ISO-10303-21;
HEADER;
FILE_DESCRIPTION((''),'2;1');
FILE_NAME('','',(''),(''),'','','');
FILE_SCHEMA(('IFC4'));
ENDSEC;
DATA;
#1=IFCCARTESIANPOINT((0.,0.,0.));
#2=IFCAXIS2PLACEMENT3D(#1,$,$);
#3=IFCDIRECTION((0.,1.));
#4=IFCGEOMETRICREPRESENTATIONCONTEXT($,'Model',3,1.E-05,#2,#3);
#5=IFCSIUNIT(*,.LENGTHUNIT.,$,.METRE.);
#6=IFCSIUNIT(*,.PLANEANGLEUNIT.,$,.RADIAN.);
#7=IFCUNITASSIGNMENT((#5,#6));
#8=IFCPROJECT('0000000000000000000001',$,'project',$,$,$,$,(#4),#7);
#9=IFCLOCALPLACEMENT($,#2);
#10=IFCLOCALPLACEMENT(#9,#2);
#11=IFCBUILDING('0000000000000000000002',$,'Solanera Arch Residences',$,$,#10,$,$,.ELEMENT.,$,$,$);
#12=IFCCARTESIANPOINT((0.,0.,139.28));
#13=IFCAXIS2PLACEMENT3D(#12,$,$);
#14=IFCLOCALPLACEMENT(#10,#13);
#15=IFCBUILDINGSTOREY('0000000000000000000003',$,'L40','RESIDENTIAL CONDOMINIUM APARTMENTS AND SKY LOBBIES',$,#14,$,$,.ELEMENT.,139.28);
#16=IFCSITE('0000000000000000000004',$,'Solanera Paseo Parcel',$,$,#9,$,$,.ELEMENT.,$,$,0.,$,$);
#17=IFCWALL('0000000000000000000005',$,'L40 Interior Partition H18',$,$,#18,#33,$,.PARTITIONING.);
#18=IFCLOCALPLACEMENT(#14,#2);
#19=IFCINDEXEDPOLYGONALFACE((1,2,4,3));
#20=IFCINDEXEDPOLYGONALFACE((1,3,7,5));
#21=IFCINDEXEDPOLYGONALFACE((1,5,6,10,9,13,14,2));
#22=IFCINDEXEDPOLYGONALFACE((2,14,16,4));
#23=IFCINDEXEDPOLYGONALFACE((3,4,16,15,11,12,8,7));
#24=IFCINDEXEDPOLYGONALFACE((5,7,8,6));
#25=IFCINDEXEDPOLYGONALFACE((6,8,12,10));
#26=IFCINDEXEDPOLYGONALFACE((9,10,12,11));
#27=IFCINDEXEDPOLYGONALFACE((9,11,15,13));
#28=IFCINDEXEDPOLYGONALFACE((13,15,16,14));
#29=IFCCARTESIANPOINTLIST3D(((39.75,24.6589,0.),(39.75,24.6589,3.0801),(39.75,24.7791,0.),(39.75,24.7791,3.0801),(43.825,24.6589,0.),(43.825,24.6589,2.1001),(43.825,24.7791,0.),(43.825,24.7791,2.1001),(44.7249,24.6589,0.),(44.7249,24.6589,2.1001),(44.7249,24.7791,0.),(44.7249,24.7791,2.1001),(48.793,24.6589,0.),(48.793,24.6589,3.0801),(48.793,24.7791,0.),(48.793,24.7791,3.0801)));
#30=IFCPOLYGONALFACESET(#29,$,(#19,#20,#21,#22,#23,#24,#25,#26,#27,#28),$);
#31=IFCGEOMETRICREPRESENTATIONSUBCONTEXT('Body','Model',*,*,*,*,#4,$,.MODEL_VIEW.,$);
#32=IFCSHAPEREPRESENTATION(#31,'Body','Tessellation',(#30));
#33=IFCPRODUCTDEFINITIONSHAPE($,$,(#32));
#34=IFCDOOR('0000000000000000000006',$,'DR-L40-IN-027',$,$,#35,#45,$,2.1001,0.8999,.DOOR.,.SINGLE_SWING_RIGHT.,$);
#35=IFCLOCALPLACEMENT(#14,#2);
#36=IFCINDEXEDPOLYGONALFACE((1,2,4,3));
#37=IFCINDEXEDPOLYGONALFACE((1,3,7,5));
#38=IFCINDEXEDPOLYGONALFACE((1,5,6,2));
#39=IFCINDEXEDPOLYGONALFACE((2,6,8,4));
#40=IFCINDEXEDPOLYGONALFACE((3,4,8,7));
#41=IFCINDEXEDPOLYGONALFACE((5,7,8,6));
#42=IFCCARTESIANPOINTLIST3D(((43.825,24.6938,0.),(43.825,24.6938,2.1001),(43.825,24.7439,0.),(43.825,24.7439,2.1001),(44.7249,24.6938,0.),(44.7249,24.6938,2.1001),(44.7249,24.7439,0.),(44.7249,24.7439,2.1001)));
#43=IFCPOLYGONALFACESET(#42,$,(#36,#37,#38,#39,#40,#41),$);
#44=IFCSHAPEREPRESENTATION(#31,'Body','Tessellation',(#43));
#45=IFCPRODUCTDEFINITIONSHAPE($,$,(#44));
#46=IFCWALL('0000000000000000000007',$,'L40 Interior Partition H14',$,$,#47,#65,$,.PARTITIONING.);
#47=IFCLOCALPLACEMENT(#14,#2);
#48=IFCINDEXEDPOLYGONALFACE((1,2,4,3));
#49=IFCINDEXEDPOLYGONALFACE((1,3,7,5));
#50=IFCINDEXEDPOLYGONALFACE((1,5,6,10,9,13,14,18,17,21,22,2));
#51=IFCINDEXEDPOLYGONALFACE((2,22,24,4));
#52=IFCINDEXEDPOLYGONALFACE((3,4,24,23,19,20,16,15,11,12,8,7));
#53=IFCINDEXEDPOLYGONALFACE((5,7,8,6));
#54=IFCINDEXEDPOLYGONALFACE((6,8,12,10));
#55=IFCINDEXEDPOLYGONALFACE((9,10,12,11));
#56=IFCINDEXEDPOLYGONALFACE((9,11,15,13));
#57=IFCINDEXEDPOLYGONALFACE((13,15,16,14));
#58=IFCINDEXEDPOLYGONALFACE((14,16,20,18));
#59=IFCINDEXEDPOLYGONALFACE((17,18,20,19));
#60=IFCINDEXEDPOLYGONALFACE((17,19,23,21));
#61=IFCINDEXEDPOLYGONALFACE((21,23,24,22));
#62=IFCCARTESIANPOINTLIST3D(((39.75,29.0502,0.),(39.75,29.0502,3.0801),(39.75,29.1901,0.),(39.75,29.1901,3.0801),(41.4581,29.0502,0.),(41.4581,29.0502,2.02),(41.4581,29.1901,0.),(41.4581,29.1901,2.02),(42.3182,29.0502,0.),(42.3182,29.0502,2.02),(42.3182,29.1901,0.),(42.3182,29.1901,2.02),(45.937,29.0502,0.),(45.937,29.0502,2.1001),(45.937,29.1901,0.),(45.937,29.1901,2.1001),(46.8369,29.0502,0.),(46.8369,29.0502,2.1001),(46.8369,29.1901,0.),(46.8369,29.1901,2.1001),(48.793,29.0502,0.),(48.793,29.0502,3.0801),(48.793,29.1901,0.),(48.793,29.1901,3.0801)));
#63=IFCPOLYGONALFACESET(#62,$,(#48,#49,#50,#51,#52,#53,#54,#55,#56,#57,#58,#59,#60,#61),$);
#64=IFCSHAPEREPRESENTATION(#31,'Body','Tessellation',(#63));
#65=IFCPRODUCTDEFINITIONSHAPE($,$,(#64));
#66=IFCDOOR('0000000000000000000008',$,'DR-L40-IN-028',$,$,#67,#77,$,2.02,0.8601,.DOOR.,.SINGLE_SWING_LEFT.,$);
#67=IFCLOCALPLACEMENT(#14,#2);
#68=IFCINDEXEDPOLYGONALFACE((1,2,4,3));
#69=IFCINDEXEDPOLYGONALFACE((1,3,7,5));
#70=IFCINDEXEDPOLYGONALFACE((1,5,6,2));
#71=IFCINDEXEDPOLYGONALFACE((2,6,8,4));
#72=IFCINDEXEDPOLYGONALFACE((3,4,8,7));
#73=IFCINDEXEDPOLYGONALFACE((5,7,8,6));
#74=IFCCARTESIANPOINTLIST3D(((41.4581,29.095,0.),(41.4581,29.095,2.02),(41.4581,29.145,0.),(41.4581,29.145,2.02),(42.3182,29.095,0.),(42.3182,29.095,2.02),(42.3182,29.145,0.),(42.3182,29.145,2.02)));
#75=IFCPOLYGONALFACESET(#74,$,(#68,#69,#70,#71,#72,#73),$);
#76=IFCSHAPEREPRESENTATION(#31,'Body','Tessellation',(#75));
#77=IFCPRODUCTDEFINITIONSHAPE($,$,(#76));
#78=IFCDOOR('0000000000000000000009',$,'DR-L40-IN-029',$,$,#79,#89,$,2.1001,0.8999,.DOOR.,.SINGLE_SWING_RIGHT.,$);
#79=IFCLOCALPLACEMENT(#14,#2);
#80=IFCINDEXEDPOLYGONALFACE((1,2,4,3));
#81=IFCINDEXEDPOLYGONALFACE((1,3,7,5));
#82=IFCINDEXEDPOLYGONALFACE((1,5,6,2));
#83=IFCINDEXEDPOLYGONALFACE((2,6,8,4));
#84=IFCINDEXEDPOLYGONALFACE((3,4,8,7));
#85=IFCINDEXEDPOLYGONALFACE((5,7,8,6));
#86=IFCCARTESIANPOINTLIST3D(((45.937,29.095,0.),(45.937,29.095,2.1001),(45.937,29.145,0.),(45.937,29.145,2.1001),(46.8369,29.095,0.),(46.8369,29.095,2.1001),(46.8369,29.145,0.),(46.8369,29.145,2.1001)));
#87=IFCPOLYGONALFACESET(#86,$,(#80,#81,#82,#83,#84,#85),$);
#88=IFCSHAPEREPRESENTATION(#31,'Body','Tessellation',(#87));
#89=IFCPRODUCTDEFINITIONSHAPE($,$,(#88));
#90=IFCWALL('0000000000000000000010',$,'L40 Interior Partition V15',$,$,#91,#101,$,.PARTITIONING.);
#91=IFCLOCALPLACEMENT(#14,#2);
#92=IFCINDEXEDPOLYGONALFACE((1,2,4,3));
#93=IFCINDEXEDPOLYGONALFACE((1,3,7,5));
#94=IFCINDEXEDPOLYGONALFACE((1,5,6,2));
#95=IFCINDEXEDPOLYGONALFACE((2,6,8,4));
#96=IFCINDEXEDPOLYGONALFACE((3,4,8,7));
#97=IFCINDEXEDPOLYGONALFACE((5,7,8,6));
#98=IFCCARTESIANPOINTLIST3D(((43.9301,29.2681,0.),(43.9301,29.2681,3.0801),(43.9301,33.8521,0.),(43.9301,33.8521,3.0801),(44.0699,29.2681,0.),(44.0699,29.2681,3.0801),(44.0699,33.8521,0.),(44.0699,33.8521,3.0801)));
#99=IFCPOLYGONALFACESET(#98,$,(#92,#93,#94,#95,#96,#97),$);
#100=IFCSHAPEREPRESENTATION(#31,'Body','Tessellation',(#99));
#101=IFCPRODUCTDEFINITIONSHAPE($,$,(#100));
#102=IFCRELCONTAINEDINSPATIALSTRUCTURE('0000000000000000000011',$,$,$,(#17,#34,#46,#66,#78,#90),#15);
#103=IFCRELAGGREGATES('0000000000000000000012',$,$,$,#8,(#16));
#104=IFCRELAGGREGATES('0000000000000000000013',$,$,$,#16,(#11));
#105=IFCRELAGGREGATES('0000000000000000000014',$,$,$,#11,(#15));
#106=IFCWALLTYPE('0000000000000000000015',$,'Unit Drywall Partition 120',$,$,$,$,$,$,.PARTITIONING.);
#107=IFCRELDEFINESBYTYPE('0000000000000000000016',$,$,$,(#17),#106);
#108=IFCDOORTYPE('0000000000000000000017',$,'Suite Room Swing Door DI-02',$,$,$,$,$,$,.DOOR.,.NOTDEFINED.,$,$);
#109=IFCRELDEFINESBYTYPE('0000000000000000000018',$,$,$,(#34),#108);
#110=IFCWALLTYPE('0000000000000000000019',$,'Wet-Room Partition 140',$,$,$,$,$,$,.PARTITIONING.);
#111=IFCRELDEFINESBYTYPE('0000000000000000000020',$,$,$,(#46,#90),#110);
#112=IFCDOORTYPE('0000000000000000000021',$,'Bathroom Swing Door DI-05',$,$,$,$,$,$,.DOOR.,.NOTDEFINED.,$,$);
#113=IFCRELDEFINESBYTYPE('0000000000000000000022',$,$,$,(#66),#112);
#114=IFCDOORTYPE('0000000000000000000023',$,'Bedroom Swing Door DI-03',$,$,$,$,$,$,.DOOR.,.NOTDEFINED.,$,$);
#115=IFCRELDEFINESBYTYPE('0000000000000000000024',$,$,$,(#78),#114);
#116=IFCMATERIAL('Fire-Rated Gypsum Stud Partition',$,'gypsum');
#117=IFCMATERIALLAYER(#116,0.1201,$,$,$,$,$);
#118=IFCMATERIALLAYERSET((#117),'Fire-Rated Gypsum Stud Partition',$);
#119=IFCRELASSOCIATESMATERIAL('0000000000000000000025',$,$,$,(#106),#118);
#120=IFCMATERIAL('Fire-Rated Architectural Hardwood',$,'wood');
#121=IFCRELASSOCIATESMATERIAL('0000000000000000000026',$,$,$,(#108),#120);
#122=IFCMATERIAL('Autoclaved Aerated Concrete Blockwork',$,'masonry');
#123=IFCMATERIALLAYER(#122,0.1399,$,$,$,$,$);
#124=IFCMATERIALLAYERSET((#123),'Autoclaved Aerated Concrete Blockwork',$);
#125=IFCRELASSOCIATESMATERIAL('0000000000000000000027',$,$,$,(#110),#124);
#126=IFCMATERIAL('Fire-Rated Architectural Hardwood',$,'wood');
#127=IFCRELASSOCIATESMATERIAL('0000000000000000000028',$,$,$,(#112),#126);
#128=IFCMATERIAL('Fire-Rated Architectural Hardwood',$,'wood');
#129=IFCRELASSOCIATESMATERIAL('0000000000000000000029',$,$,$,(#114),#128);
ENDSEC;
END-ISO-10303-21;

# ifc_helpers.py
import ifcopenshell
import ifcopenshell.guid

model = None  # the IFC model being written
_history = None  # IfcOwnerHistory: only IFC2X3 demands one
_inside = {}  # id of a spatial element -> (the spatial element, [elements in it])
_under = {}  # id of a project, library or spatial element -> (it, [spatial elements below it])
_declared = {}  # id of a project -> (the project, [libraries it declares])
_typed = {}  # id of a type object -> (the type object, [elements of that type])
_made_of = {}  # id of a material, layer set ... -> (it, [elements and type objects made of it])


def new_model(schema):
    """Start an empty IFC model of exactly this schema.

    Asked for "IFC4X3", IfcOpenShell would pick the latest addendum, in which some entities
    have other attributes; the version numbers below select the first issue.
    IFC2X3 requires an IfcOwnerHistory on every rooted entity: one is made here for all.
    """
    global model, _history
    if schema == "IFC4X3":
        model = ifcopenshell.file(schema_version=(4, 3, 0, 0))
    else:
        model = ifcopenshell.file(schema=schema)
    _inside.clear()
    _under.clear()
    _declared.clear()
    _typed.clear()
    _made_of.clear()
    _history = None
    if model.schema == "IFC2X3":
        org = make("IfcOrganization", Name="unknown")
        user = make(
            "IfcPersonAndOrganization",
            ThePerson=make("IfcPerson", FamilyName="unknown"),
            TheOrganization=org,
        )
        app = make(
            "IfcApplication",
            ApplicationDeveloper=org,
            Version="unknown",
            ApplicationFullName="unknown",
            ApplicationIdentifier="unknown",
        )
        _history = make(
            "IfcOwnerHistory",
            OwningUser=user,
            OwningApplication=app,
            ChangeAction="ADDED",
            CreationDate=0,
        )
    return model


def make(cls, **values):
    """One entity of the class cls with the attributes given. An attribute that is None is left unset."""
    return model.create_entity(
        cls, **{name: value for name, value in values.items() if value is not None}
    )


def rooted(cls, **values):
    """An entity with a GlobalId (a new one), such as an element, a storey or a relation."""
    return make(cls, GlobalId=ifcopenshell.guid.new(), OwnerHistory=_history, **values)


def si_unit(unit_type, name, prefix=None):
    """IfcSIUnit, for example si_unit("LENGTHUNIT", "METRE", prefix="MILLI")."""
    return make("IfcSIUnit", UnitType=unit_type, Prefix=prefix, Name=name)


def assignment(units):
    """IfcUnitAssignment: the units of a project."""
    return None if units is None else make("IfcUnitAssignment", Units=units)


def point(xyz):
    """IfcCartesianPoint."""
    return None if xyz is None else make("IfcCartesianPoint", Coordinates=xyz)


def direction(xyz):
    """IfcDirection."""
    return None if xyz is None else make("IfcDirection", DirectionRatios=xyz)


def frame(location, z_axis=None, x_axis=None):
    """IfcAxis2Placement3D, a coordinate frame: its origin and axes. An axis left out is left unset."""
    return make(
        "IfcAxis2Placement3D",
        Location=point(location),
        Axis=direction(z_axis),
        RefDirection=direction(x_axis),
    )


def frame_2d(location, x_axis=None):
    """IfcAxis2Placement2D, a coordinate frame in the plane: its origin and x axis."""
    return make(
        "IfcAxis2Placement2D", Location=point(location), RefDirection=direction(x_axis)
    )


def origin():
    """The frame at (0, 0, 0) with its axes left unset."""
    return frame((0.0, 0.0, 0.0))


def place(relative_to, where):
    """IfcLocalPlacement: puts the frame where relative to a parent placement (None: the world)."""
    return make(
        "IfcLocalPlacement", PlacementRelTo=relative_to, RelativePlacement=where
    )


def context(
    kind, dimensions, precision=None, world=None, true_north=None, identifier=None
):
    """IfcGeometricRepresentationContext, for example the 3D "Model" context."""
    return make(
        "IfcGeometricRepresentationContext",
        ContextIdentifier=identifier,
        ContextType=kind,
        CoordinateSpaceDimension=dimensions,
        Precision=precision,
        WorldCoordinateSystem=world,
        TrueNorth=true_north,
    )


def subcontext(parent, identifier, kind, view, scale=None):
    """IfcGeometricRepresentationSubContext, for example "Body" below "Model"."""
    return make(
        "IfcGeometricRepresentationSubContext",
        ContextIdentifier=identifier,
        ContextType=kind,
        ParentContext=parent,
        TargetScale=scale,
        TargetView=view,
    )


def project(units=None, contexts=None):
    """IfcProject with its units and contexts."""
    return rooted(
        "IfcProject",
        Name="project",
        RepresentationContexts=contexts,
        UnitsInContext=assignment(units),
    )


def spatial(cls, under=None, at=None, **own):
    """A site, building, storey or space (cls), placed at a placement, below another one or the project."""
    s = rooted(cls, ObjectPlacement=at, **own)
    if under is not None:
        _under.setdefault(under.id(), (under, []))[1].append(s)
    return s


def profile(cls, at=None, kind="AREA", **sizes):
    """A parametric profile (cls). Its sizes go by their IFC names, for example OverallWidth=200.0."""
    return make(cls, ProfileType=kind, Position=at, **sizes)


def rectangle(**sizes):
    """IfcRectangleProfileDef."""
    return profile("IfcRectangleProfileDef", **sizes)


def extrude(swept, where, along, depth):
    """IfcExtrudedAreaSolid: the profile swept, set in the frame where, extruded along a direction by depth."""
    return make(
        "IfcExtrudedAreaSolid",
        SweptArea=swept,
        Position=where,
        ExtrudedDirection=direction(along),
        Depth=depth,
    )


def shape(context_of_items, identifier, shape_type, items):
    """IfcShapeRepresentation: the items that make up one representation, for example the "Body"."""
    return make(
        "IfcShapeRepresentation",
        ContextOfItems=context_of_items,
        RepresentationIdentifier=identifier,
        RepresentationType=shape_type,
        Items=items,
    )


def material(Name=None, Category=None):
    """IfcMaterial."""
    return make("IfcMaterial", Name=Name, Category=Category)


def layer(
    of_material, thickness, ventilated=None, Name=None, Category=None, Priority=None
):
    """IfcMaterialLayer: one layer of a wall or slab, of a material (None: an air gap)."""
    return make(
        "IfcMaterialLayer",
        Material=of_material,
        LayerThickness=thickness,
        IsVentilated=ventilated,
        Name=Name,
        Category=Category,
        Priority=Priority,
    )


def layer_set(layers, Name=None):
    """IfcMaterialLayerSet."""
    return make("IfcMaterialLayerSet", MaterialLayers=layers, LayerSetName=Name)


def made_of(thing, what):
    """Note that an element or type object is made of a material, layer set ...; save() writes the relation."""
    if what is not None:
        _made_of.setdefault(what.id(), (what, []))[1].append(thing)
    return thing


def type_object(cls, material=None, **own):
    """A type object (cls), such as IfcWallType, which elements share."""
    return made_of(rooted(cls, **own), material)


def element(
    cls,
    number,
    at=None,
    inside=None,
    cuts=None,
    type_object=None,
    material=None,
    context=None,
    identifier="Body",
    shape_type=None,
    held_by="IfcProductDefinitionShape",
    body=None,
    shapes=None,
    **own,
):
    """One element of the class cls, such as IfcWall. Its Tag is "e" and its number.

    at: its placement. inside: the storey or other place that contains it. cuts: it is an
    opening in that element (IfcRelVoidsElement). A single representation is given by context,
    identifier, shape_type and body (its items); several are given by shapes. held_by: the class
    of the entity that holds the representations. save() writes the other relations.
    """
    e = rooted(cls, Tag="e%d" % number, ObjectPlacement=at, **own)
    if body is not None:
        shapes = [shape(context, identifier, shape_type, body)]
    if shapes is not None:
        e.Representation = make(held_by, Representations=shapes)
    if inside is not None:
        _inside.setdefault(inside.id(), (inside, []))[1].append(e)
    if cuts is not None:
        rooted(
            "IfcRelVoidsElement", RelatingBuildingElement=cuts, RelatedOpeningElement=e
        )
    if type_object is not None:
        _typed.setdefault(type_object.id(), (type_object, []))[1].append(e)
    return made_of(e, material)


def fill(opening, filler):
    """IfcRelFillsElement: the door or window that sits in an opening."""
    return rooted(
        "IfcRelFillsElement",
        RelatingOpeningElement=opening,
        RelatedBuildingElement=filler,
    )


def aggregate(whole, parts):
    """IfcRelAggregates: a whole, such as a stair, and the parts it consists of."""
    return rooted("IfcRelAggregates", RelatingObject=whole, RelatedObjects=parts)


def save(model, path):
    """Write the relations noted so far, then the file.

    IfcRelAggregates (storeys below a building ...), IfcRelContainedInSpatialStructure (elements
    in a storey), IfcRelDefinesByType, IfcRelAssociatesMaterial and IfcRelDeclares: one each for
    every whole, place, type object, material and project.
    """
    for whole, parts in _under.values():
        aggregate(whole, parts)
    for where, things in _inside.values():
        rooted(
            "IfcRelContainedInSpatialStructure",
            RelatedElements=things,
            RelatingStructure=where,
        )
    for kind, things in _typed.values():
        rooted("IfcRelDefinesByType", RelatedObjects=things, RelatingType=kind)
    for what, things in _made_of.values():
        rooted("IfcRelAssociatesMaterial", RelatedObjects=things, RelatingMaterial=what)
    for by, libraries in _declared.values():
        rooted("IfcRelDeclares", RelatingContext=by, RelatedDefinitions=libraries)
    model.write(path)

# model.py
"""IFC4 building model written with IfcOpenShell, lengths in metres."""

from ifc_helpers import new_model, si_unit, direction, frame, frame_2d, origin, place, context, subcontext, project, spatial, rectangle, extrude, material, layer, layer_set, type_object, element, fill, save


model = new_model("IFC4")

# Units and contexts
model_context = context("Model", 3, precision=1e-05, world=origin(), true_north=direction((0.0, 1.0)))
body_context = subcontext(model_context, "Body", "Model", "MODEL_VIEW")
ifc_project = project(units=[si_unit("LENGTHUNIT", "METRE"), si_unit("PLANEANGLEUNIT", "RADIAN")], contexts=[model_context])

# Site, building, storey
site_placement = place(None, origin())
site = spatial("IfcSite", under=ifc_project, at=site_placement, Name="Solanera Paseo Parcel", CompositionType="ELEMENT", RefElevation=0.0)
building_placement = place(site_placement, origin())
building = spatial("IfcBuilding", under=site, at=building_placement, Name="Solanera Arch Residences", CompositionType="ELEMENT")
storey_placement = place(building_placement, frame((0.0, 0.0, 139.28)))
storey = spatial("IfcBuildingStorey", under=building, at=storey_placement, Name="L40", Description="RESIDENTIAL CONDOMINIUM APARTMENTS AND SKY LOBBIES", CompositionType="ELEMENT", Elevation=139.28)

# Wall, opening, door
ifc_material_1 = material(Name="Fire-Rated Gypsum Stud Partition", Category="gypsum")
ifc_layer_1 = layer(ifc_material_1, 0.1201)
ifc_layer_set_1 = layer_set([ifc_layer_1], Name="Fire-Rated Gypsum Stud Partition")
wall_type_1 = type_object("IfcWallType", Name="Unit Drywall Partition 120", PredefinedType="PARTITIONING", material=ifc_layer_set_1)
wall_1_placement = place(storey_placement, frame((39.75, 24.719, 0.0), z_axis=(0.0, 0.0, 1.0), x_axis=(1.0, 0.0, 0.0)))
wall_1 = element("IfcWall", 1, at=wall_1_placement, inside=storey, type_object=wall_type_1, Name="L40 Interior Partition H18", PredefinedType="PARTITIONING", context=body_context, shape_type="SweptSolid", body=[
    extrude(rectangle(XDim=9.043, YDim=0.1201, at=frame_2d((4.5215, 0.0))), origin(), (0.0, 0.0, 1.0), 3.0801),
])
opening_1_placement = place(wall_1_placement, frame((4.075, 0.0, 0.0)))
opening_1 = element("IfcOpeningElement", 2, at=opening_1_placement, cuts=wall_1, PredefinedType="OPENING", context=body_context, shape_type="SweptSolid", body=[
    extrude(rectangle(XDim=0.8999, YDim=2.1001, at=frame_2d((0.45, 1.05))), frame((0.0, 0.0701, 0.0), z_axis=(0.0, -1.0, 0.0), x_axis=(1.0, 0.0, 0.0)), (0.0, 0.0, 1.0), 0.1401),
])
ifc_material_2 = material(Name="Fire-Rated Architectural Hardwood", Category="wood")
door_type_1 = type_object("IfcDoorType", Name="Suite Room Swing Door DI-02", OperationType="NOTDEFINED", PredefinedType="DOOR", material=ifc_material_2)
door_1_placement = place(opening_1_placement, origin())
door_1 = element("IfcDoor", 3, at=door_1_placement, inside=storey, type_object=door_type_1, Name="DR-L40-IN-027", OperationType="SINGLE_SWING_RIGHT", OverallHeight=2.1001, OverallWidth=0.8999, PredefinedType="DOOR", context=body_context, shape_type="SweptSolid", body=[
    extrude(rectangle(XDim=0.8999, YDim=2.1001, at=frame_2d((0.45, 1.05))), frame((0.0, 0.0249, 0.0), z_axis=(0.0, -1.0, 0.0), x_axis=(1.0, 0.0, 0.0)), (0.0, 0.0, 1.0), 0.05),
])
fill(opening_1, door_1)

# Wall, openings, doors
ifc_material_3 = material(Name="Autoclaved Aerated Concrete Blockwork", Category="masonry")
ifc_layer_2 = layer(ifc_material_3, 0.1399)
ifc_layer_set_2 = layer_set([ifc_layer_2], Name="Autoclaved Aerated Concrete Blockwork")
wall_type_2 = type_object("IfcWallType", Name="Wet-Room Partition 140", PredefinedType="PARTITIONING", material=ifc_layer_set_2)
wall_2_placement = place(storey_placement, frame((39.75, 29.1201, 0.0), z_axis=(0.0, 0.0, 1.0), x_axis=(1.0, 0.0, 0.0)))
wall_2 = element("IfcWall", 4, at=wall_2_placement, inside=storey, type_object=wall_type_2, Name="L40 Interior Partition H14", PredefinedType="PARTITIONING", context=body_context, shape_type="SweptSolid", body=[
    extrude(rectangle(XDim=9.043, YDim=0.1399, at=frame_2d((4.5215, 0.0))), origin(), (0.0, 0.0, 1.0), 3.0801),
])
opening_2_placement = place(wall_2_placement, frame((1.708, 0.0, 0.0)))
opening_2 = element("IfcOpeningElement", 5, at=opening_2_placement, cuts=wall_2, PredefinedType="OPENING", context=body_context, shape_type="SweptSolid", body=[
    extrude(rectangle(XDim=0.8601, YDim=2.02, at=frame_2d((0.4302, 1.01))), frame((0.0, 0.0798, 0.0), z_axis=(0.0, -1.0, 0.0), x_axis=(1.0, 0.0, 0.0)), (0.0, 0.0, 1.0), 0.1599),
])
opening_3_placement = place(wall_2_placement, frame((6.187, 0.0, 0.0)))
opening_3 = element("IfcOpeningElement", 6, at=opening_3_placement, cuts=wall_2, PredefinedType="OPENING", context=body_context, shape_type="SweptSolid", body=[
    extrude(rectangle(XDim=0.8999, YDim=2.1001, at=frame_2d((0.45, 1.05))), frame((0.0, 0.0798, 0.0), z_axis=(0.0, -1.0, 0.0), x_axis=(1.0, 0.0, 0.0)), (0.0, 0.0, 1.0), 0.1599),
])
ifc_material_4 = material(Name="Fire-Rated Architectural Hardwood", Category="wood")
door_type_2 = type_object("IfcDoorType", Name="Bathroom Swing Door DI-05", OperationType="NOTDEFINED", PredefinedType="DOOR", material=ifc_material_4)
door_2_placement = place(opening_2_placement, origin())
door_2 = element("IfcDoor", 7, at=door_2_placement, inside=storey, type_object=door_type_2, Name="DR-L40-IN-028", OperationType="SINGLE_SWING_LEFT", OverallHeight=2.02, OverallWidth=0.8601, PredefinedType="DOOR", context=body_context, shape_type="SweptSolid", body=[
    extrude(rectangle(XDim=0.8601, YDim=2.02, at=frame_2d((0.4302, 1.01))), frame((0.0, 0.0249, 0.0), z_axis=(0.0, -1.0, 0.0), x_axis=(1.0, 0.0, 0.0)), (0.0, 0.0, 1.0), 0.05),
])
fill(opening_2, door_2)
ifc_material_5 = material(Name="Fire-Rated Architectural Hardwood", Category="wood")
door_type_3 = type_object("IfcDoorType", Name="Bedroom Swing Door DI-03", OperationType="NOTDEFINED", PredefinedType="DOOR", material=ifc_material_5)
door_3_placement = place(opening_3_placement, origin())
door_3 = element("IfcDoor", 8, at=door_3_placement, inside=storey, type_object=door_type_3, Name="DR-L40-IN-029", OperationType="SINGLE_SWING_RIGHT", OverallHeight=2.1001, OverallWidth=0.8999, PredefinedType="DOOR", context=body_context, shape_type="SweptSolid", body=[
    extrude(rectangle(XDim=0.8999, YDim=2.1001, at=frame_2d((0.45, 1.05))), frame((0.0, 0.0249, 0.0), z_axis=(0.0, -1.0, 0.0), x_axis=(1.0, 0.0, 0.0)), (0.0, 0.0, 1.0), 0.05),
])
fill(opening_3, door_3)

# Wall
wall_3_placement = place(storey_placement, frame((44.0, 29.2681, 0.0), z_axis=(0.0, 0.0, 1.0), x_axis=(0.0, 1.0, 0.0)))
element("IfcWall", 9, at=wall_3_placement, inside=storey, type_object=wall_type_2, Name="L40 Interior Partition V15", PredefinedType="PARTITIONING", context=body_context, shape_type="SweptSolid", body=[
    extrude(rectangle(XDim=4.584, YDim=0.1399, at=frame_2d((2.292, 0.0))), origin(), (0.0, 0.0, 1.0), 3.0801),
])

save(model, "model.ifc")
